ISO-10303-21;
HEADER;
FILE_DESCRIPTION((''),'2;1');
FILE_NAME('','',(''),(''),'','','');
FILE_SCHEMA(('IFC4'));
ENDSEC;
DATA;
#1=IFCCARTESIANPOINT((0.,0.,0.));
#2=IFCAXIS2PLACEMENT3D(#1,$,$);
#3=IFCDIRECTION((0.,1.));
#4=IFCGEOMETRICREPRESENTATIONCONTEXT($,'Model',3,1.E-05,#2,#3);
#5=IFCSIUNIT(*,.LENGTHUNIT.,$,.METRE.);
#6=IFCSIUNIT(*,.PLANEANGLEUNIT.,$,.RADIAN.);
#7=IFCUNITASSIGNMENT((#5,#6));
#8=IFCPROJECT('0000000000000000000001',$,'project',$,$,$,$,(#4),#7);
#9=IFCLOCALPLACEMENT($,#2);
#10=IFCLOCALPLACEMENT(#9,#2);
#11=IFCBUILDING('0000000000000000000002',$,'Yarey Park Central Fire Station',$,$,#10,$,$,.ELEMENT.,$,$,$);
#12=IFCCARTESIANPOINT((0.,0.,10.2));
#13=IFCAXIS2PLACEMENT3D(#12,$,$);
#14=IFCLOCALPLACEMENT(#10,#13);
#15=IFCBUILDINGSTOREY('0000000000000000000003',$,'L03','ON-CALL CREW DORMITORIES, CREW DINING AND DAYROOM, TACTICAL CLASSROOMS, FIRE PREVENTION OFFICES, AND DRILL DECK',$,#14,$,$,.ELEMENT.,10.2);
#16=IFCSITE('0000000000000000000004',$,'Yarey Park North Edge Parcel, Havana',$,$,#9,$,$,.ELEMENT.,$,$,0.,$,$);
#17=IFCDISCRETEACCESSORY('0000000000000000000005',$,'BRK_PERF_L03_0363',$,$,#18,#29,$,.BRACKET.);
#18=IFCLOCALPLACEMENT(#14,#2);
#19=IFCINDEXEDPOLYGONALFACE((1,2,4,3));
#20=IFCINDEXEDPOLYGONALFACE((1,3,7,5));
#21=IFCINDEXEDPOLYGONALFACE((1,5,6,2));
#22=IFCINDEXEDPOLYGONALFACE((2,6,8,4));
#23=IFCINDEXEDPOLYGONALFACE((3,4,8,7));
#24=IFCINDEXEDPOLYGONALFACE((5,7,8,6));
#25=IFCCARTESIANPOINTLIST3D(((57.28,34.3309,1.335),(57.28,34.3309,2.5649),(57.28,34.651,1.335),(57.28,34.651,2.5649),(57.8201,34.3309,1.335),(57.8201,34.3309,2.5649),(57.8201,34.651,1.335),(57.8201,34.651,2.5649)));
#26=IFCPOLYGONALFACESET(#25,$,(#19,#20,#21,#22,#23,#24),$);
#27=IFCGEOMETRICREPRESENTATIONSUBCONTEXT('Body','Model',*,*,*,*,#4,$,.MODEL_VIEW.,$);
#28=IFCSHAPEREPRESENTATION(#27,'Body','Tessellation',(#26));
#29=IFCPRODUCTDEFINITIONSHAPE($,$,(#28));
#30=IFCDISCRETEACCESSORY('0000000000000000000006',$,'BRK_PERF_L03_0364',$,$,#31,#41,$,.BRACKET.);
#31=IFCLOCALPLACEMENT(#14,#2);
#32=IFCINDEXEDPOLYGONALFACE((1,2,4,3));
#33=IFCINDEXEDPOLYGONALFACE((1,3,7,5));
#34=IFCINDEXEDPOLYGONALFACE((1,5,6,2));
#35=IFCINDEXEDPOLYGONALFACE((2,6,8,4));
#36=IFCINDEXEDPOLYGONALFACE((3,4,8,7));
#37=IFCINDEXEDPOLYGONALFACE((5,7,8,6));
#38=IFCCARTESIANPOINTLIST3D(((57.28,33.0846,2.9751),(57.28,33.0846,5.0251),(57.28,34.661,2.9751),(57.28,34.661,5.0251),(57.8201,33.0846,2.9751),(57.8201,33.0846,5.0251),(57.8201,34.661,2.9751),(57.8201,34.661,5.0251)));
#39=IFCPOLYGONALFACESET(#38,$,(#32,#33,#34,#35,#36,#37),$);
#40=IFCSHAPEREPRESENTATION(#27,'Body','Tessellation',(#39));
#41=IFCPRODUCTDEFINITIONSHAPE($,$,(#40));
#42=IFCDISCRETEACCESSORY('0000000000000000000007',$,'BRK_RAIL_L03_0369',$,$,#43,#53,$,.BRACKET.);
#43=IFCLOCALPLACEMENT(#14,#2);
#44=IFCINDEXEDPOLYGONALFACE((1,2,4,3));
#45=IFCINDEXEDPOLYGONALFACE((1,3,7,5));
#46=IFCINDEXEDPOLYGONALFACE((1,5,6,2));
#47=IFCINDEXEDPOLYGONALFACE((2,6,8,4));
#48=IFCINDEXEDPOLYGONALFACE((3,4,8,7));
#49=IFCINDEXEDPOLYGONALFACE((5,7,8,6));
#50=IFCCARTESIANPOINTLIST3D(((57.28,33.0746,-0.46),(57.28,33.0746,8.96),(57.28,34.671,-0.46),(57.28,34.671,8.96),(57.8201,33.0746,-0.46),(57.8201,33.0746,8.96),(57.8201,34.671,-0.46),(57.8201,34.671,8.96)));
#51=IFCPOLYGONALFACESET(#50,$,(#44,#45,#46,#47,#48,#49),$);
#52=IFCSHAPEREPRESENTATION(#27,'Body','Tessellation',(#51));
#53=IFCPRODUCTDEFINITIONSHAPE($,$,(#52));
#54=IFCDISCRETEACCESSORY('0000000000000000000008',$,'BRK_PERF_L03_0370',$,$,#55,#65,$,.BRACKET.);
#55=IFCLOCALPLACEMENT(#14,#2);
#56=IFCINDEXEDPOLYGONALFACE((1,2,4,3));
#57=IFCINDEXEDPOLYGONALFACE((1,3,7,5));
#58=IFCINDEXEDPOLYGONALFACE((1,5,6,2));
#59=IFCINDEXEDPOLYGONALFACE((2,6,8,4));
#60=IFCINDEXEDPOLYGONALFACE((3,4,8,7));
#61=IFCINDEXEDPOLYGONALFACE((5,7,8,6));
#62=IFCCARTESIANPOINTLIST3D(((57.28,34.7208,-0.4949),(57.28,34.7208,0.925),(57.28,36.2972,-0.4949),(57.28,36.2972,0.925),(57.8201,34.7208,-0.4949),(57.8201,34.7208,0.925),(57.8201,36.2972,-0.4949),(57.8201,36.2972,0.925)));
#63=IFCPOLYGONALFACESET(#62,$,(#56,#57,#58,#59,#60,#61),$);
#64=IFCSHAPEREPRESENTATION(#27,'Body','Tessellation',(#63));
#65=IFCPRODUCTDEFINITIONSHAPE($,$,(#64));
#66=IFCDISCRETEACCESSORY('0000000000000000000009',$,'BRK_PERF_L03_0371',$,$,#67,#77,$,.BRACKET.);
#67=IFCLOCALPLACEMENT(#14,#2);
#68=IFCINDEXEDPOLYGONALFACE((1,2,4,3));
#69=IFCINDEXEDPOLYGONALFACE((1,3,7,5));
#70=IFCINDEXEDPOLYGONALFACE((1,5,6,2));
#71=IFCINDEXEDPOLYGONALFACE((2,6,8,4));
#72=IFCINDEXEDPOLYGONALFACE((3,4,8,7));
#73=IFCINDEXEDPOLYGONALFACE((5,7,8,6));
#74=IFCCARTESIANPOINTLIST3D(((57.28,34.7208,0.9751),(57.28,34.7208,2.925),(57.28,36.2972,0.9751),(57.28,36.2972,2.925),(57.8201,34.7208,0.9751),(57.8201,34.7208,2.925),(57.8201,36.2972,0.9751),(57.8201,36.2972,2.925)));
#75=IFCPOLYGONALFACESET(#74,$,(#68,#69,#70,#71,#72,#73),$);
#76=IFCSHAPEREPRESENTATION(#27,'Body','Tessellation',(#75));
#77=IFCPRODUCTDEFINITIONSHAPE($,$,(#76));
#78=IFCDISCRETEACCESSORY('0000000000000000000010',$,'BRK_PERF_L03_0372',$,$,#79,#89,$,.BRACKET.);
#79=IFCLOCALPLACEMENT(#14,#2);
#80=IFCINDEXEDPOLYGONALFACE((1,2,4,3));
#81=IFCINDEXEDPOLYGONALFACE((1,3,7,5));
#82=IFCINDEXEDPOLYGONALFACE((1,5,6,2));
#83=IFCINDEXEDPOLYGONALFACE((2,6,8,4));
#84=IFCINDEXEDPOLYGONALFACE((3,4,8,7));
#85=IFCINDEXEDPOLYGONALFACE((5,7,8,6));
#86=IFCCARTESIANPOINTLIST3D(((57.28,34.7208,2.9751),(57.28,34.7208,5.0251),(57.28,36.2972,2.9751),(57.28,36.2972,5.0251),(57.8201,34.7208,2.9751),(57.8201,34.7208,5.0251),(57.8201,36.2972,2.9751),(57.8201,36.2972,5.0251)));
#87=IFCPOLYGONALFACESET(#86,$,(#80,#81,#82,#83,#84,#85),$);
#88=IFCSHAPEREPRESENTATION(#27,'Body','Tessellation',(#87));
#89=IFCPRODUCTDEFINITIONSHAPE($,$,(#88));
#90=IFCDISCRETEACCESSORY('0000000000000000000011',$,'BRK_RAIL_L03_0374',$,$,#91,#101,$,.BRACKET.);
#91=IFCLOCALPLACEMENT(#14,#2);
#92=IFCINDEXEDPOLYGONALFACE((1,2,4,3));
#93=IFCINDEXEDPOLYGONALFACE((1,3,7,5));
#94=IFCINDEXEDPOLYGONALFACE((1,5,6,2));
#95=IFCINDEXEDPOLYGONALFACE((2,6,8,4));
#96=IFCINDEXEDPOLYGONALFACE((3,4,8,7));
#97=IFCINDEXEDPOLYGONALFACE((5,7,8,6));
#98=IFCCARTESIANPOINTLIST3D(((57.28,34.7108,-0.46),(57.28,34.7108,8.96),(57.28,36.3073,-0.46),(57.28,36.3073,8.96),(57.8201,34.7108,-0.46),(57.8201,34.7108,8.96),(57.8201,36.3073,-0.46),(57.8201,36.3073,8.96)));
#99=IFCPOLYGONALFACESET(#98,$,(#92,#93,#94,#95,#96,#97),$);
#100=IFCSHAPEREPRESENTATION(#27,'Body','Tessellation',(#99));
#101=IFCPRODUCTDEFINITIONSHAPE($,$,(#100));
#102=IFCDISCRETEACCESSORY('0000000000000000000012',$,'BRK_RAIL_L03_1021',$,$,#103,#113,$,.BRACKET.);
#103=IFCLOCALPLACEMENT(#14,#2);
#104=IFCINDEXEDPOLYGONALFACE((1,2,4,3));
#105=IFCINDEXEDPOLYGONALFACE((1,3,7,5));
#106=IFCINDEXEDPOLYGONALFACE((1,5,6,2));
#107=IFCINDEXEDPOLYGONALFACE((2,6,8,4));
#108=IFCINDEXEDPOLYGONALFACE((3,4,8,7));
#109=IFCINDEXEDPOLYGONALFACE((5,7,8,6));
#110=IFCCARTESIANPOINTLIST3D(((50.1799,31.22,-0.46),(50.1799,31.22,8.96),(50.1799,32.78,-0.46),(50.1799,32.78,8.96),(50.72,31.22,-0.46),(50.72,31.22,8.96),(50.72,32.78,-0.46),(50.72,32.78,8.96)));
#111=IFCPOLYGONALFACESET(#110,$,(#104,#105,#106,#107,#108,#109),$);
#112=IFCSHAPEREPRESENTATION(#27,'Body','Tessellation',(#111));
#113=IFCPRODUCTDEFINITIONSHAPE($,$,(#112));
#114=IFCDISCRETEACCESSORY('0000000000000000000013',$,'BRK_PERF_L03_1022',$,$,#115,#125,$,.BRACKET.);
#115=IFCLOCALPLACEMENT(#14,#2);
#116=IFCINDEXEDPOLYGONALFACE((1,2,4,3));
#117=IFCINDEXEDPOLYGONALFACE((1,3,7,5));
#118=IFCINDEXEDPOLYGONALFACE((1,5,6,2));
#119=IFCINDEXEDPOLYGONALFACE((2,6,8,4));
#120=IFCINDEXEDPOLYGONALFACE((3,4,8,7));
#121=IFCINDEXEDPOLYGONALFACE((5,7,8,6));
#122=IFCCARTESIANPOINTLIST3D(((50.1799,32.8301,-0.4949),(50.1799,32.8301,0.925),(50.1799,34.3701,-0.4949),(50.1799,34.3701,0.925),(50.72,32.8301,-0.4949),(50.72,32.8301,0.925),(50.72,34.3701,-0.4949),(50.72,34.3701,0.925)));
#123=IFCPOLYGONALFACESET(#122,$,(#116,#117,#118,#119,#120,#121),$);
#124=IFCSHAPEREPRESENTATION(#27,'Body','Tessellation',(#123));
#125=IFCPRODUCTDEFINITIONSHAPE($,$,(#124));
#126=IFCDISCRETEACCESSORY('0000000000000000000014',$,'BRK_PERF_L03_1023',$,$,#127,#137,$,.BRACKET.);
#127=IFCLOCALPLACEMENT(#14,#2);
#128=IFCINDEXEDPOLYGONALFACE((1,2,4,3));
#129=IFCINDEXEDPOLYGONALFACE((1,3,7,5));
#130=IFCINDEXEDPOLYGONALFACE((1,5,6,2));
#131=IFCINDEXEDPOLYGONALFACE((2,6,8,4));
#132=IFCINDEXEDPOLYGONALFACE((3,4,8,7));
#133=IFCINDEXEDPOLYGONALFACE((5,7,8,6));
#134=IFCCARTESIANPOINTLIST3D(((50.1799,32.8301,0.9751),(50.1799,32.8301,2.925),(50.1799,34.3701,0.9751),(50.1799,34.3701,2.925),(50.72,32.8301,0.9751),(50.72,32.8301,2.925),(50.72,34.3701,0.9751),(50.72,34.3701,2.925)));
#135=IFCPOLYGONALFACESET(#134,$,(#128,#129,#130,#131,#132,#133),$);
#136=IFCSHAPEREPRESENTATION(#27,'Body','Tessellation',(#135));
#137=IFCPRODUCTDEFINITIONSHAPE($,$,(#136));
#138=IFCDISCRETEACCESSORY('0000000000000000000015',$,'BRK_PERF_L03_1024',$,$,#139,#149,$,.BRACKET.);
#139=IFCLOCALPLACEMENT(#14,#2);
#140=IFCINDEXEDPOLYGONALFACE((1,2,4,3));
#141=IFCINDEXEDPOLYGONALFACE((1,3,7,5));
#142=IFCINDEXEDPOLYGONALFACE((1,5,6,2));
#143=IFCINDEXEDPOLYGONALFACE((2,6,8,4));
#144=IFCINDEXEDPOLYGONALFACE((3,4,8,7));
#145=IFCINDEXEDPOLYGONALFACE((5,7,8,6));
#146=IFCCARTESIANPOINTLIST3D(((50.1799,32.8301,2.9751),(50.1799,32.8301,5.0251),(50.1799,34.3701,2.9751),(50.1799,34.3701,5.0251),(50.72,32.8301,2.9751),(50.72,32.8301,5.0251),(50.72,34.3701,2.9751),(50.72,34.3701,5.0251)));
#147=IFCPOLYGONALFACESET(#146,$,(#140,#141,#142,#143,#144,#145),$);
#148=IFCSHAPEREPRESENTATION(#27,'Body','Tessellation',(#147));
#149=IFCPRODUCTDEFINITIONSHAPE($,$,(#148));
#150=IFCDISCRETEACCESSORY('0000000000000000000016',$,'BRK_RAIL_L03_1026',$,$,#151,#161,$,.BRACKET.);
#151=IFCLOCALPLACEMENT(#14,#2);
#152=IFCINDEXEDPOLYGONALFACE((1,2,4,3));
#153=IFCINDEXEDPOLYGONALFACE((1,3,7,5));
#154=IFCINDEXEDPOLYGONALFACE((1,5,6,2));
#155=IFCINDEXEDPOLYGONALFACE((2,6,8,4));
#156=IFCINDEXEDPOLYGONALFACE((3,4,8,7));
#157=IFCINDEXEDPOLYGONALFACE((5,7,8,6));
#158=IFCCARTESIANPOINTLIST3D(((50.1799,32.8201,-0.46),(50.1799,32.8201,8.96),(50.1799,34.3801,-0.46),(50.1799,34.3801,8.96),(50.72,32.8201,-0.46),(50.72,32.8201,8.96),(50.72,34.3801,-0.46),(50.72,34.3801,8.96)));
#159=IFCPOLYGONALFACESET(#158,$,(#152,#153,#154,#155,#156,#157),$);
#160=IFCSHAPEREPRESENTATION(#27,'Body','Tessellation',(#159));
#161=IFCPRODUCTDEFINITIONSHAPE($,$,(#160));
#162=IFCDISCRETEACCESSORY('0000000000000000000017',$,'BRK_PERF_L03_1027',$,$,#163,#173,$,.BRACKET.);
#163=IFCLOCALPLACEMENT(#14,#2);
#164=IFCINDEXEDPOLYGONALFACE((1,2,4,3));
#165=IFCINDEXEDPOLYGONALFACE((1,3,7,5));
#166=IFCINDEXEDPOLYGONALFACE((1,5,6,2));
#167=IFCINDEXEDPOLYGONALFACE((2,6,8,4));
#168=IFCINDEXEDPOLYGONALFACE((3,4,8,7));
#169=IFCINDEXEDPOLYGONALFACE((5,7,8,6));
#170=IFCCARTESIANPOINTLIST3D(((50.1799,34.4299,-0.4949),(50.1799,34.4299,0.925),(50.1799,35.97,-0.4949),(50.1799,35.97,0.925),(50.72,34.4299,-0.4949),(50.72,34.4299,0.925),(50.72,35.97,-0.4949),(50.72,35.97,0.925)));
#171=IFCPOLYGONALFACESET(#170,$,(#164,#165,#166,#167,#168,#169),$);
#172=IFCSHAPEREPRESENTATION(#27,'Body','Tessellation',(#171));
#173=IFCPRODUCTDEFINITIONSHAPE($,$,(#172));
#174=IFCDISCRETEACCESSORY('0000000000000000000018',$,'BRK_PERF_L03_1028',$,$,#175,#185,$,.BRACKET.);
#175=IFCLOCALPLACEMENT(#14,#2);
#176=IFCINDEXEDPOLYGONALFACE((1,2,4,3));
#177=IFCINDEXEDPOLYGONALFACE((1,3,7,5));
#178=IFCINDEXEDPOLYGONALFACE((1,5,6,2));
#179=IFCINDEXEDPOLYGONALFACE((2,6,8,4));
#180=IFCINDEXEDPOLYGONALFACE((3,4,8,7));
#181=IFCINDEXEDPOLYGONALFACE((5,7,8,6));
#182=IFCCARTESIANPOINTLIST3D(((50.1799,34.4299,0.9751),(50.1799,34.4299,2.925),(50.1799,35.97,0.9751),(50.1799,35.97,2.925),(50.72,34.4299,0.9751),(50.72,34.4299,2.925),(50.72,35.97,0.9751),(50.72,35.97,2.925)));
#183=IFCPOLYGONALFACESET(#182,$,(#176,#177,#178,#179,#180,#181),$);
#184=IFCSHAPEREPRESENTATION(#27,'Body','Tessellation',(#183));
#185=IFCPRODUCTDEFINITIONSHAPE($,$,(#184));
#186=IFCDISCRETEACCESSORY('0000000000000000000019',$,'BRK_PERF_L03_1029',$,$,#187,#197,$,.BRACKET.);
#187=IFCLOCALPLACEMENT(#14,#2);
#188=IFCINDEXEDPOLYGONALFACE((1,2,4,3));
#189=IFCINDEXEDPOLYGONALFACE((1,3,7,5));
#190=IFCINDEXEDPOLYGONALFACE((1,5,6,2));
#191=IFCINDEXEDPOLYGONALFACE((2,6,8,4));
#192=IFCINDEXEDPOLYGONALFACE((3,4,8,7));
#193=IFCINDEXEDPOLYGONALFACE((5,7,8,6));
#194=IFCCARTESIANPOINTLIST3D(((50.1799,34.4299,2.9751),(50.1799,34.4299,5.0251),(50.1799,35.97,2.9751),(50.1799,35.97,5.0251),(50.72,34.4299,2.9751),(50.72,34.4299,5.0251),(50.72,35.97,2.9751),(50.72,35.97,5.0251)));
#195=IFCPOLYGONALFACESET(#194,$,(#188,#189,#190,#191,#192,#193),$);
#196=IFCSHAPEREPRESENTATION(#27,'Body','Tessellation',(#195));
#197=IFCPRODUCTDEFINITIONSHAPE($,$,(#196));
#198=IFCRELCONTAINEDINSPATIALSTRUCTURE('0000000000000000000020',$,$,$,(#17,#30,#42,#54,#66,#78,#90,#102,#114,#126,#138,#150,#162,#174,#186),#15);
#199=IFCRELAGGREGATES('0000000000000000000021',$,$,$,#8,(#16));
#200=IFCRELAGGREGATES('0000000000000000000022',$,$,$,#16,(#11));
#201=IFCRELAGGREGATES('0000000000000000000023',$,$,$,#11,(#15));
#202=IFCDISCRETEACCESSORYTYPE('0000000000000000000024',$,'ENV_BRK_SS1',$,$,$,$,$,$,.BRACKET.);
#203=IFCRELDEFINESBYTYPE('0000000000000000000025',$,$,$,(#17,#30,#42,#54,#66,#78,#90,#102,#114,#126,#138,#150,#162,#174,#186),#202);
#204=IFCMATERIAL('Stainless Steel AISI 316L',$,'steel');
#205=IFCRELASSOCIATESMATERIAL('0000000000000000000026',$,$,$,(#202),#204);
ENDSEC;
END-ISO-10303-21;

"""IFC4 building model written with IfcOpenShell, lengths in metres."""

from ifc_helpers import new_model, si_unit, direction, frame, origin, origin_2d, place, context, subcontext, project, spatial, rectangle, extrude, material, type_object, element, save


model = new_model("IFC4")

# Units and contexts
model_context = context("Model", 3, precision=1e-05, world=origin(), true_north=direction((0.0, 1.0)))
body_context = subcontext(model_context, "Body", "Model", "MODEL_VIEW")
ifc_project = project(units=[si_unit("LENGTHUNIT", "METRE"), si_unit("PLANEANGLEUNIT", "RADIAN")], contexts=[model_context])

# Site, building, storey
site_placement = place(None, origin())
site = spatial("IfcSite", under=ifc_project, at=site_placement, Name="Yarey Park North Edge Parcel, Havana", CompositionType="ELEMENT", RefElevation=0.0)
building_placement = place(site_placement, origin())
building = spatial("IfcBuilding", under=site, at=building_placement, Name="Yarey Park Central Fire Station", CompositionType="ELEMENT")
storey_placement = place(building_placement, frame((0.0, 0.0, 10.2)))
storey = spatial("IfcBuildingStorey", under=building, at=storey_placement, Name="L03", Description="ON-CALL CREW DORMITORIES, CREW DINING AND DAYROOM, TACTICAL CLASSROOMS, FIRE PREVENTION OFFICES, AND DRILL DECK", CompositionType="ELEMENT", Elevation=10.2)

# Discrete accessories
ifc_material_1 = material(Name="Stainless Steel AISI 316L", Category="steel")
discrete_accessory_type = type_object("IfcDiscreteAccessoryType", Name="ENV_BRK_SS1", PredefinedType="BRACKET", material=ifc_material_1)
for number, where, z_axis, x_axis, name in (
    (1, (57.55, 34.491, 1.335), (0.0, 0.0, 1.0), (1.0, 0.0, 0.0), "BRK_PERF_L03_0363"),
):
    element("IfcDiscreteAccessory", number, at=place(storey_placement, frame(where, z_axis=z_axis, x_axis=x_axis)), inside=storey, type_object=discrete_accessory_type, Name=name, PredefinedType="BRACKET", context=body_context, shape_type="SweptSolid", body=[
        extrude(rectangle(XDim=0.54, YDim=0.3201, at=origin_2d()), origin(), (0.0, 0.0, 1.0), 1.23),
    ])
discrete_accessory_1_placement = place(storey_placement, frame((57.55, 33.8728, 2.9751), z_axis=(0.0, 0.0, 1.0), x_axis=(1.0, 0.0, 0.0)))
element("IfcDiscreteAccessory", 2, at=discrete_accessory_1_placement, inside=storey, type_object=discrete_accessory_type, Name="BRK_PERF_L03_0364", PredefinedType="BRACKET", context=body_context, shape_type="SweptSolid", body=[
    extrude(rectangle(XDim=0.54, YDim=1.5764, at=origin_2d()), origin(), (0.0, 0.0, 1.0), 2.05),
])
discrete_accessory_2_placement = place(storey_placement, frame((57.55, 33.8728, -0.46), z_axis=(0.0, 0.0, 1.0), x_axis=(1.0, 0.0, 0.0)))
element("IfcDiscreteAccessory", 3, at=discrete_accessory_2_placement, inside=storey, type_object=discrete_accessory_type, Name="BRK_RAIL_L03_0369", PredefinedType="BRACKET", context=body_context, shape_type="SweptSolid", body=[
    extrude(rectangle(XDim=0.54, YDim=1.5964, at=origin_2d()), origin(), (0.0, 0.0, 1.0), 9.4199),
])
discrete_accessory_3_placement = place(storey_placement, frame((57.55, 35.509, -0.4949), z_axis=(0.0, 0.0, 1.0), x_axis=(1.0, 0.0, 0.0)))
element("IfcDiscreteAccessory", 4, at=discrete_accessory_3_placement, inside=storey, type_object=discrete_accessory_type, Name="BRK_PERF_L03_0370", PredefinedType="BRACKET", context=body_context, shape_type="SweptSolid", body=[
    extrude(rectangle(XDim=0.54, YDim=1.5764, at=origin_2d()), origin(), (0.0, 0.0, 1.0), 1.4199),
])
discrete_accessory_4_placement = place(storey_placement, frame((57.55, 35.509, 0.9751), z_axis=(0.0, 0.0, 1.0), x_axis=(1.0, 0.0, 0.0)))
element("IfcDiscreteAccessory", 5, at=discrete_accessory_4_placement, inside=storey, type_object=discrete_accessory_type, Name="BRK_PERF_L03_0371", PredefinedType="BRACKET", context=body_context, shape_type="SweptSolid", body=[
    extrude(rectangle(XDim=0.54, YDim=1.5764, at=origin_2d()), origin(), (0.0, 0.0, 1.0), 1.95),
])
discrete_accessory_5_placement = place(storey_placement, frame((57.55, 35.509, 2.9751), z_axis=(0.0, 0.0, 1.0), x_axis=(1.0, 0.0, 0.0)))
element("IfcDiscreteAccessory", 6, at=discrete_accessory_5_placement, inside=storey, type_object=discrete_accessory_type, Name="BRK_PERF_L03_0372", PredefinedType="BRACKET", context=body_context, shape_type="SweptSolid", body=[
    extrude(rectangle(XDim=0.54, YDim=1.5764, at=origin_2d()), origin(), (0.0, 0.0, 1.0), 2.05),
])
discrete_accessory_6_placement = place(storey_placement, frame((57.55, 35.509, -0.46), z_axis=(0.0, 0.0, 1.0), x_axis=(1.0, 0.0, 0.0)))
element("IfcDiscreteAccessory", 7, at=discrete_accessory_6_placement, inside=storey, type_object=discrete_accessory_type, Name="BRK_RAIL_L03_0374", PredefinedType="BRACKET", context=body_context, shape_type="SweptSolid", body=[
    extrude(rectangle(XDim=0.54, YDim=1.5964, at=origin_2d()), origin(), (0.0, 0.0, 1.0), 9.4199),
])
discrete_accessory_7_placement = place(storey_placement, frame((50.45, 32.0, -0.46), z_axis=(0.0, 0.0, 1.0), x_axis=(1.0, 0.0, 0.0)))
element("IfcDiscreteAccessory", 8, at=discrete_accessory_7_placement, inside=storey, type_object=discrete_accessory_type, Name="BRK_RAIL_L03_1021", PredefinedType="BRACKET", context=body_context, shape_type="SweptSolid", body=[
    extrude(rectangle(XDim=0.54, YDim=1.5601, at=origin_2d()), origin(), (0.0, 0.0, 1.0), 9.4199),
])
discrete_accessory_8_placement = place(storey_placement, frame((50.45, 33.6001, -0.4949), z_axis=(0.0, 0.0, 1.0), x_axis=(1.0, 0.0, 0.0)))
element("IfcDiscreteAccessory", 9, at=discrete_accessory_8_placement, inside=storey, type_object=discrete_accessory_type, Name="BRK_PERF_L03_1022", PredefinedType="BRACKET", context=body_context, shape_type="SweptSolid", body=[
    extrude(rectangle(XDim=0.54, YDim=1.54, at=origin_2d()), origin(), (0.0, 0.0, 1.0), 1.4199),
])
discrete_accessory_9_placement = place(storey_placement, frame((50.45, 33.6001, 0.9751), z_axis=(0.0, 0.0, 1.0), x_axis=(1.0, 0.0, 0.0)))
element("IfcDiscreteAccessory", 10, at=discrete_accessory_9_placement, inside=storey, type_object=discrete_accessory_type, Name="BRK_PERF_L03_1023", PredefinedType="BRACKET", context=body_context, shape_type="SweptSolid", body=[
    extrude(rectangle(XDim=0.54, YDim=1.54, at=origin_2d()), origin(), (0.0, 0.0, 1.0), 1.95),
])
discrete_accessory_10_placement = place(storey_placement, frame((50.45, 33.6001, 2.9751), z_axis=(0.0, 0.0, 1.0), x_axis=(1.0, 0.0, 0.0)))
element("IfcDiscreteAccessory", 11, at=discrete_accessory_10_placement, inside=storey, type_object=discrete_accessory_type, Name="BRK_PERF_L03_1024", PredefinedType="BRACKET", context=body_context, shape_type="SweptSolid", body=[
    extrude(rectangle(XDim=0.54, YDim=1.54, at=origin_2d()), origin(), (0.0, 0.0, 1.0), 2.05),
])
discrete_accessory_11_placement = place(storey_placement, frame((50.45, 33.6001, -0.46), z_axis=(0.0, 0.0, 1.0), x_axis=(1.0, 0.0, 0.0)))
element("IfcDiscreteAccessory", 12, at=discrete_accessory_11_placement, inside=storey, type_object=discrete_accessory_type, Name="BRK_RAIL_L03_1026", PredefinedType="BRACKET", context=body_context, shape_type="SweptSolid", body=[
    extrude(rectangle(XDim=0.54, YDim=1.5601, at=origin_2d()), origin(), (0.0, 0.0, 1.0), 9.4199),
])
discrete_accessory_12_placement = place(storey_placement, frame((50.45, 35.2, -0.4949), z_axis=(0.0, 0.0, 1.0), x_axis=(1.0, 0.0, 0.0)))
element("IfcDiscreteAccessory", 13, at=discrete_accessory_12_placement, inside=storey, type_object=discrete_accessory_type, Name="BRK_PERF_L03_1027", PredefinedType="BRACKET", context=body_context, shape_type="SweptSolid", body=[
    extrude(rectangle(XDim=0.54, YDim=1.54, at=origin_2d()), origin(), (0.0, 0.0, 1.0), 1.4199),
])
discrete_accessory_13_placement = place(storey_placement, frame((50.45, 35.2, 0.9751), z_axis=(0.0, 0.0, 1.0), x_axis=(1.0, 0.0, 0.0)))
element("IfcDiscreteAccessory", 14, at=discrete_accessory_13_placement, inside=storey, type_object=discrete_accessory_type, Name="BRK_PERF_L03_1028", PredefinedType="BRACKET", context=body_context, shape_type="SweptSolid", body=[
    extrude(rectangle(XDim=0.54, YDim=1.54, at=origin_2d()), origin(), (0.0, 0.0, 1.0), 1.95),
])
discrete_accessory_14_placement = place(storey_placement, frame((50.45, 35.2, 2.9751), z_axis=(0.0, 0.0, 1.0), x_axis=(1.0, 0.0, 0.0)))
element("IfcDiscreteAccessory", 15, at=discrete_accessory_14_placement, inside=storey, type_object=discrete_accessory_type, Name="BRK_PERF_L03_1029", PredefinedType="BRACKET", context=body_context, shape_type="SweptSolid", body=[
    extrude(rectangle(XDim=0.54, YDim=1.54, at=origin_2d()), origin(), (0.0, 0.0, 1.0), 2.05),
])

save(model, "model.ifc")
